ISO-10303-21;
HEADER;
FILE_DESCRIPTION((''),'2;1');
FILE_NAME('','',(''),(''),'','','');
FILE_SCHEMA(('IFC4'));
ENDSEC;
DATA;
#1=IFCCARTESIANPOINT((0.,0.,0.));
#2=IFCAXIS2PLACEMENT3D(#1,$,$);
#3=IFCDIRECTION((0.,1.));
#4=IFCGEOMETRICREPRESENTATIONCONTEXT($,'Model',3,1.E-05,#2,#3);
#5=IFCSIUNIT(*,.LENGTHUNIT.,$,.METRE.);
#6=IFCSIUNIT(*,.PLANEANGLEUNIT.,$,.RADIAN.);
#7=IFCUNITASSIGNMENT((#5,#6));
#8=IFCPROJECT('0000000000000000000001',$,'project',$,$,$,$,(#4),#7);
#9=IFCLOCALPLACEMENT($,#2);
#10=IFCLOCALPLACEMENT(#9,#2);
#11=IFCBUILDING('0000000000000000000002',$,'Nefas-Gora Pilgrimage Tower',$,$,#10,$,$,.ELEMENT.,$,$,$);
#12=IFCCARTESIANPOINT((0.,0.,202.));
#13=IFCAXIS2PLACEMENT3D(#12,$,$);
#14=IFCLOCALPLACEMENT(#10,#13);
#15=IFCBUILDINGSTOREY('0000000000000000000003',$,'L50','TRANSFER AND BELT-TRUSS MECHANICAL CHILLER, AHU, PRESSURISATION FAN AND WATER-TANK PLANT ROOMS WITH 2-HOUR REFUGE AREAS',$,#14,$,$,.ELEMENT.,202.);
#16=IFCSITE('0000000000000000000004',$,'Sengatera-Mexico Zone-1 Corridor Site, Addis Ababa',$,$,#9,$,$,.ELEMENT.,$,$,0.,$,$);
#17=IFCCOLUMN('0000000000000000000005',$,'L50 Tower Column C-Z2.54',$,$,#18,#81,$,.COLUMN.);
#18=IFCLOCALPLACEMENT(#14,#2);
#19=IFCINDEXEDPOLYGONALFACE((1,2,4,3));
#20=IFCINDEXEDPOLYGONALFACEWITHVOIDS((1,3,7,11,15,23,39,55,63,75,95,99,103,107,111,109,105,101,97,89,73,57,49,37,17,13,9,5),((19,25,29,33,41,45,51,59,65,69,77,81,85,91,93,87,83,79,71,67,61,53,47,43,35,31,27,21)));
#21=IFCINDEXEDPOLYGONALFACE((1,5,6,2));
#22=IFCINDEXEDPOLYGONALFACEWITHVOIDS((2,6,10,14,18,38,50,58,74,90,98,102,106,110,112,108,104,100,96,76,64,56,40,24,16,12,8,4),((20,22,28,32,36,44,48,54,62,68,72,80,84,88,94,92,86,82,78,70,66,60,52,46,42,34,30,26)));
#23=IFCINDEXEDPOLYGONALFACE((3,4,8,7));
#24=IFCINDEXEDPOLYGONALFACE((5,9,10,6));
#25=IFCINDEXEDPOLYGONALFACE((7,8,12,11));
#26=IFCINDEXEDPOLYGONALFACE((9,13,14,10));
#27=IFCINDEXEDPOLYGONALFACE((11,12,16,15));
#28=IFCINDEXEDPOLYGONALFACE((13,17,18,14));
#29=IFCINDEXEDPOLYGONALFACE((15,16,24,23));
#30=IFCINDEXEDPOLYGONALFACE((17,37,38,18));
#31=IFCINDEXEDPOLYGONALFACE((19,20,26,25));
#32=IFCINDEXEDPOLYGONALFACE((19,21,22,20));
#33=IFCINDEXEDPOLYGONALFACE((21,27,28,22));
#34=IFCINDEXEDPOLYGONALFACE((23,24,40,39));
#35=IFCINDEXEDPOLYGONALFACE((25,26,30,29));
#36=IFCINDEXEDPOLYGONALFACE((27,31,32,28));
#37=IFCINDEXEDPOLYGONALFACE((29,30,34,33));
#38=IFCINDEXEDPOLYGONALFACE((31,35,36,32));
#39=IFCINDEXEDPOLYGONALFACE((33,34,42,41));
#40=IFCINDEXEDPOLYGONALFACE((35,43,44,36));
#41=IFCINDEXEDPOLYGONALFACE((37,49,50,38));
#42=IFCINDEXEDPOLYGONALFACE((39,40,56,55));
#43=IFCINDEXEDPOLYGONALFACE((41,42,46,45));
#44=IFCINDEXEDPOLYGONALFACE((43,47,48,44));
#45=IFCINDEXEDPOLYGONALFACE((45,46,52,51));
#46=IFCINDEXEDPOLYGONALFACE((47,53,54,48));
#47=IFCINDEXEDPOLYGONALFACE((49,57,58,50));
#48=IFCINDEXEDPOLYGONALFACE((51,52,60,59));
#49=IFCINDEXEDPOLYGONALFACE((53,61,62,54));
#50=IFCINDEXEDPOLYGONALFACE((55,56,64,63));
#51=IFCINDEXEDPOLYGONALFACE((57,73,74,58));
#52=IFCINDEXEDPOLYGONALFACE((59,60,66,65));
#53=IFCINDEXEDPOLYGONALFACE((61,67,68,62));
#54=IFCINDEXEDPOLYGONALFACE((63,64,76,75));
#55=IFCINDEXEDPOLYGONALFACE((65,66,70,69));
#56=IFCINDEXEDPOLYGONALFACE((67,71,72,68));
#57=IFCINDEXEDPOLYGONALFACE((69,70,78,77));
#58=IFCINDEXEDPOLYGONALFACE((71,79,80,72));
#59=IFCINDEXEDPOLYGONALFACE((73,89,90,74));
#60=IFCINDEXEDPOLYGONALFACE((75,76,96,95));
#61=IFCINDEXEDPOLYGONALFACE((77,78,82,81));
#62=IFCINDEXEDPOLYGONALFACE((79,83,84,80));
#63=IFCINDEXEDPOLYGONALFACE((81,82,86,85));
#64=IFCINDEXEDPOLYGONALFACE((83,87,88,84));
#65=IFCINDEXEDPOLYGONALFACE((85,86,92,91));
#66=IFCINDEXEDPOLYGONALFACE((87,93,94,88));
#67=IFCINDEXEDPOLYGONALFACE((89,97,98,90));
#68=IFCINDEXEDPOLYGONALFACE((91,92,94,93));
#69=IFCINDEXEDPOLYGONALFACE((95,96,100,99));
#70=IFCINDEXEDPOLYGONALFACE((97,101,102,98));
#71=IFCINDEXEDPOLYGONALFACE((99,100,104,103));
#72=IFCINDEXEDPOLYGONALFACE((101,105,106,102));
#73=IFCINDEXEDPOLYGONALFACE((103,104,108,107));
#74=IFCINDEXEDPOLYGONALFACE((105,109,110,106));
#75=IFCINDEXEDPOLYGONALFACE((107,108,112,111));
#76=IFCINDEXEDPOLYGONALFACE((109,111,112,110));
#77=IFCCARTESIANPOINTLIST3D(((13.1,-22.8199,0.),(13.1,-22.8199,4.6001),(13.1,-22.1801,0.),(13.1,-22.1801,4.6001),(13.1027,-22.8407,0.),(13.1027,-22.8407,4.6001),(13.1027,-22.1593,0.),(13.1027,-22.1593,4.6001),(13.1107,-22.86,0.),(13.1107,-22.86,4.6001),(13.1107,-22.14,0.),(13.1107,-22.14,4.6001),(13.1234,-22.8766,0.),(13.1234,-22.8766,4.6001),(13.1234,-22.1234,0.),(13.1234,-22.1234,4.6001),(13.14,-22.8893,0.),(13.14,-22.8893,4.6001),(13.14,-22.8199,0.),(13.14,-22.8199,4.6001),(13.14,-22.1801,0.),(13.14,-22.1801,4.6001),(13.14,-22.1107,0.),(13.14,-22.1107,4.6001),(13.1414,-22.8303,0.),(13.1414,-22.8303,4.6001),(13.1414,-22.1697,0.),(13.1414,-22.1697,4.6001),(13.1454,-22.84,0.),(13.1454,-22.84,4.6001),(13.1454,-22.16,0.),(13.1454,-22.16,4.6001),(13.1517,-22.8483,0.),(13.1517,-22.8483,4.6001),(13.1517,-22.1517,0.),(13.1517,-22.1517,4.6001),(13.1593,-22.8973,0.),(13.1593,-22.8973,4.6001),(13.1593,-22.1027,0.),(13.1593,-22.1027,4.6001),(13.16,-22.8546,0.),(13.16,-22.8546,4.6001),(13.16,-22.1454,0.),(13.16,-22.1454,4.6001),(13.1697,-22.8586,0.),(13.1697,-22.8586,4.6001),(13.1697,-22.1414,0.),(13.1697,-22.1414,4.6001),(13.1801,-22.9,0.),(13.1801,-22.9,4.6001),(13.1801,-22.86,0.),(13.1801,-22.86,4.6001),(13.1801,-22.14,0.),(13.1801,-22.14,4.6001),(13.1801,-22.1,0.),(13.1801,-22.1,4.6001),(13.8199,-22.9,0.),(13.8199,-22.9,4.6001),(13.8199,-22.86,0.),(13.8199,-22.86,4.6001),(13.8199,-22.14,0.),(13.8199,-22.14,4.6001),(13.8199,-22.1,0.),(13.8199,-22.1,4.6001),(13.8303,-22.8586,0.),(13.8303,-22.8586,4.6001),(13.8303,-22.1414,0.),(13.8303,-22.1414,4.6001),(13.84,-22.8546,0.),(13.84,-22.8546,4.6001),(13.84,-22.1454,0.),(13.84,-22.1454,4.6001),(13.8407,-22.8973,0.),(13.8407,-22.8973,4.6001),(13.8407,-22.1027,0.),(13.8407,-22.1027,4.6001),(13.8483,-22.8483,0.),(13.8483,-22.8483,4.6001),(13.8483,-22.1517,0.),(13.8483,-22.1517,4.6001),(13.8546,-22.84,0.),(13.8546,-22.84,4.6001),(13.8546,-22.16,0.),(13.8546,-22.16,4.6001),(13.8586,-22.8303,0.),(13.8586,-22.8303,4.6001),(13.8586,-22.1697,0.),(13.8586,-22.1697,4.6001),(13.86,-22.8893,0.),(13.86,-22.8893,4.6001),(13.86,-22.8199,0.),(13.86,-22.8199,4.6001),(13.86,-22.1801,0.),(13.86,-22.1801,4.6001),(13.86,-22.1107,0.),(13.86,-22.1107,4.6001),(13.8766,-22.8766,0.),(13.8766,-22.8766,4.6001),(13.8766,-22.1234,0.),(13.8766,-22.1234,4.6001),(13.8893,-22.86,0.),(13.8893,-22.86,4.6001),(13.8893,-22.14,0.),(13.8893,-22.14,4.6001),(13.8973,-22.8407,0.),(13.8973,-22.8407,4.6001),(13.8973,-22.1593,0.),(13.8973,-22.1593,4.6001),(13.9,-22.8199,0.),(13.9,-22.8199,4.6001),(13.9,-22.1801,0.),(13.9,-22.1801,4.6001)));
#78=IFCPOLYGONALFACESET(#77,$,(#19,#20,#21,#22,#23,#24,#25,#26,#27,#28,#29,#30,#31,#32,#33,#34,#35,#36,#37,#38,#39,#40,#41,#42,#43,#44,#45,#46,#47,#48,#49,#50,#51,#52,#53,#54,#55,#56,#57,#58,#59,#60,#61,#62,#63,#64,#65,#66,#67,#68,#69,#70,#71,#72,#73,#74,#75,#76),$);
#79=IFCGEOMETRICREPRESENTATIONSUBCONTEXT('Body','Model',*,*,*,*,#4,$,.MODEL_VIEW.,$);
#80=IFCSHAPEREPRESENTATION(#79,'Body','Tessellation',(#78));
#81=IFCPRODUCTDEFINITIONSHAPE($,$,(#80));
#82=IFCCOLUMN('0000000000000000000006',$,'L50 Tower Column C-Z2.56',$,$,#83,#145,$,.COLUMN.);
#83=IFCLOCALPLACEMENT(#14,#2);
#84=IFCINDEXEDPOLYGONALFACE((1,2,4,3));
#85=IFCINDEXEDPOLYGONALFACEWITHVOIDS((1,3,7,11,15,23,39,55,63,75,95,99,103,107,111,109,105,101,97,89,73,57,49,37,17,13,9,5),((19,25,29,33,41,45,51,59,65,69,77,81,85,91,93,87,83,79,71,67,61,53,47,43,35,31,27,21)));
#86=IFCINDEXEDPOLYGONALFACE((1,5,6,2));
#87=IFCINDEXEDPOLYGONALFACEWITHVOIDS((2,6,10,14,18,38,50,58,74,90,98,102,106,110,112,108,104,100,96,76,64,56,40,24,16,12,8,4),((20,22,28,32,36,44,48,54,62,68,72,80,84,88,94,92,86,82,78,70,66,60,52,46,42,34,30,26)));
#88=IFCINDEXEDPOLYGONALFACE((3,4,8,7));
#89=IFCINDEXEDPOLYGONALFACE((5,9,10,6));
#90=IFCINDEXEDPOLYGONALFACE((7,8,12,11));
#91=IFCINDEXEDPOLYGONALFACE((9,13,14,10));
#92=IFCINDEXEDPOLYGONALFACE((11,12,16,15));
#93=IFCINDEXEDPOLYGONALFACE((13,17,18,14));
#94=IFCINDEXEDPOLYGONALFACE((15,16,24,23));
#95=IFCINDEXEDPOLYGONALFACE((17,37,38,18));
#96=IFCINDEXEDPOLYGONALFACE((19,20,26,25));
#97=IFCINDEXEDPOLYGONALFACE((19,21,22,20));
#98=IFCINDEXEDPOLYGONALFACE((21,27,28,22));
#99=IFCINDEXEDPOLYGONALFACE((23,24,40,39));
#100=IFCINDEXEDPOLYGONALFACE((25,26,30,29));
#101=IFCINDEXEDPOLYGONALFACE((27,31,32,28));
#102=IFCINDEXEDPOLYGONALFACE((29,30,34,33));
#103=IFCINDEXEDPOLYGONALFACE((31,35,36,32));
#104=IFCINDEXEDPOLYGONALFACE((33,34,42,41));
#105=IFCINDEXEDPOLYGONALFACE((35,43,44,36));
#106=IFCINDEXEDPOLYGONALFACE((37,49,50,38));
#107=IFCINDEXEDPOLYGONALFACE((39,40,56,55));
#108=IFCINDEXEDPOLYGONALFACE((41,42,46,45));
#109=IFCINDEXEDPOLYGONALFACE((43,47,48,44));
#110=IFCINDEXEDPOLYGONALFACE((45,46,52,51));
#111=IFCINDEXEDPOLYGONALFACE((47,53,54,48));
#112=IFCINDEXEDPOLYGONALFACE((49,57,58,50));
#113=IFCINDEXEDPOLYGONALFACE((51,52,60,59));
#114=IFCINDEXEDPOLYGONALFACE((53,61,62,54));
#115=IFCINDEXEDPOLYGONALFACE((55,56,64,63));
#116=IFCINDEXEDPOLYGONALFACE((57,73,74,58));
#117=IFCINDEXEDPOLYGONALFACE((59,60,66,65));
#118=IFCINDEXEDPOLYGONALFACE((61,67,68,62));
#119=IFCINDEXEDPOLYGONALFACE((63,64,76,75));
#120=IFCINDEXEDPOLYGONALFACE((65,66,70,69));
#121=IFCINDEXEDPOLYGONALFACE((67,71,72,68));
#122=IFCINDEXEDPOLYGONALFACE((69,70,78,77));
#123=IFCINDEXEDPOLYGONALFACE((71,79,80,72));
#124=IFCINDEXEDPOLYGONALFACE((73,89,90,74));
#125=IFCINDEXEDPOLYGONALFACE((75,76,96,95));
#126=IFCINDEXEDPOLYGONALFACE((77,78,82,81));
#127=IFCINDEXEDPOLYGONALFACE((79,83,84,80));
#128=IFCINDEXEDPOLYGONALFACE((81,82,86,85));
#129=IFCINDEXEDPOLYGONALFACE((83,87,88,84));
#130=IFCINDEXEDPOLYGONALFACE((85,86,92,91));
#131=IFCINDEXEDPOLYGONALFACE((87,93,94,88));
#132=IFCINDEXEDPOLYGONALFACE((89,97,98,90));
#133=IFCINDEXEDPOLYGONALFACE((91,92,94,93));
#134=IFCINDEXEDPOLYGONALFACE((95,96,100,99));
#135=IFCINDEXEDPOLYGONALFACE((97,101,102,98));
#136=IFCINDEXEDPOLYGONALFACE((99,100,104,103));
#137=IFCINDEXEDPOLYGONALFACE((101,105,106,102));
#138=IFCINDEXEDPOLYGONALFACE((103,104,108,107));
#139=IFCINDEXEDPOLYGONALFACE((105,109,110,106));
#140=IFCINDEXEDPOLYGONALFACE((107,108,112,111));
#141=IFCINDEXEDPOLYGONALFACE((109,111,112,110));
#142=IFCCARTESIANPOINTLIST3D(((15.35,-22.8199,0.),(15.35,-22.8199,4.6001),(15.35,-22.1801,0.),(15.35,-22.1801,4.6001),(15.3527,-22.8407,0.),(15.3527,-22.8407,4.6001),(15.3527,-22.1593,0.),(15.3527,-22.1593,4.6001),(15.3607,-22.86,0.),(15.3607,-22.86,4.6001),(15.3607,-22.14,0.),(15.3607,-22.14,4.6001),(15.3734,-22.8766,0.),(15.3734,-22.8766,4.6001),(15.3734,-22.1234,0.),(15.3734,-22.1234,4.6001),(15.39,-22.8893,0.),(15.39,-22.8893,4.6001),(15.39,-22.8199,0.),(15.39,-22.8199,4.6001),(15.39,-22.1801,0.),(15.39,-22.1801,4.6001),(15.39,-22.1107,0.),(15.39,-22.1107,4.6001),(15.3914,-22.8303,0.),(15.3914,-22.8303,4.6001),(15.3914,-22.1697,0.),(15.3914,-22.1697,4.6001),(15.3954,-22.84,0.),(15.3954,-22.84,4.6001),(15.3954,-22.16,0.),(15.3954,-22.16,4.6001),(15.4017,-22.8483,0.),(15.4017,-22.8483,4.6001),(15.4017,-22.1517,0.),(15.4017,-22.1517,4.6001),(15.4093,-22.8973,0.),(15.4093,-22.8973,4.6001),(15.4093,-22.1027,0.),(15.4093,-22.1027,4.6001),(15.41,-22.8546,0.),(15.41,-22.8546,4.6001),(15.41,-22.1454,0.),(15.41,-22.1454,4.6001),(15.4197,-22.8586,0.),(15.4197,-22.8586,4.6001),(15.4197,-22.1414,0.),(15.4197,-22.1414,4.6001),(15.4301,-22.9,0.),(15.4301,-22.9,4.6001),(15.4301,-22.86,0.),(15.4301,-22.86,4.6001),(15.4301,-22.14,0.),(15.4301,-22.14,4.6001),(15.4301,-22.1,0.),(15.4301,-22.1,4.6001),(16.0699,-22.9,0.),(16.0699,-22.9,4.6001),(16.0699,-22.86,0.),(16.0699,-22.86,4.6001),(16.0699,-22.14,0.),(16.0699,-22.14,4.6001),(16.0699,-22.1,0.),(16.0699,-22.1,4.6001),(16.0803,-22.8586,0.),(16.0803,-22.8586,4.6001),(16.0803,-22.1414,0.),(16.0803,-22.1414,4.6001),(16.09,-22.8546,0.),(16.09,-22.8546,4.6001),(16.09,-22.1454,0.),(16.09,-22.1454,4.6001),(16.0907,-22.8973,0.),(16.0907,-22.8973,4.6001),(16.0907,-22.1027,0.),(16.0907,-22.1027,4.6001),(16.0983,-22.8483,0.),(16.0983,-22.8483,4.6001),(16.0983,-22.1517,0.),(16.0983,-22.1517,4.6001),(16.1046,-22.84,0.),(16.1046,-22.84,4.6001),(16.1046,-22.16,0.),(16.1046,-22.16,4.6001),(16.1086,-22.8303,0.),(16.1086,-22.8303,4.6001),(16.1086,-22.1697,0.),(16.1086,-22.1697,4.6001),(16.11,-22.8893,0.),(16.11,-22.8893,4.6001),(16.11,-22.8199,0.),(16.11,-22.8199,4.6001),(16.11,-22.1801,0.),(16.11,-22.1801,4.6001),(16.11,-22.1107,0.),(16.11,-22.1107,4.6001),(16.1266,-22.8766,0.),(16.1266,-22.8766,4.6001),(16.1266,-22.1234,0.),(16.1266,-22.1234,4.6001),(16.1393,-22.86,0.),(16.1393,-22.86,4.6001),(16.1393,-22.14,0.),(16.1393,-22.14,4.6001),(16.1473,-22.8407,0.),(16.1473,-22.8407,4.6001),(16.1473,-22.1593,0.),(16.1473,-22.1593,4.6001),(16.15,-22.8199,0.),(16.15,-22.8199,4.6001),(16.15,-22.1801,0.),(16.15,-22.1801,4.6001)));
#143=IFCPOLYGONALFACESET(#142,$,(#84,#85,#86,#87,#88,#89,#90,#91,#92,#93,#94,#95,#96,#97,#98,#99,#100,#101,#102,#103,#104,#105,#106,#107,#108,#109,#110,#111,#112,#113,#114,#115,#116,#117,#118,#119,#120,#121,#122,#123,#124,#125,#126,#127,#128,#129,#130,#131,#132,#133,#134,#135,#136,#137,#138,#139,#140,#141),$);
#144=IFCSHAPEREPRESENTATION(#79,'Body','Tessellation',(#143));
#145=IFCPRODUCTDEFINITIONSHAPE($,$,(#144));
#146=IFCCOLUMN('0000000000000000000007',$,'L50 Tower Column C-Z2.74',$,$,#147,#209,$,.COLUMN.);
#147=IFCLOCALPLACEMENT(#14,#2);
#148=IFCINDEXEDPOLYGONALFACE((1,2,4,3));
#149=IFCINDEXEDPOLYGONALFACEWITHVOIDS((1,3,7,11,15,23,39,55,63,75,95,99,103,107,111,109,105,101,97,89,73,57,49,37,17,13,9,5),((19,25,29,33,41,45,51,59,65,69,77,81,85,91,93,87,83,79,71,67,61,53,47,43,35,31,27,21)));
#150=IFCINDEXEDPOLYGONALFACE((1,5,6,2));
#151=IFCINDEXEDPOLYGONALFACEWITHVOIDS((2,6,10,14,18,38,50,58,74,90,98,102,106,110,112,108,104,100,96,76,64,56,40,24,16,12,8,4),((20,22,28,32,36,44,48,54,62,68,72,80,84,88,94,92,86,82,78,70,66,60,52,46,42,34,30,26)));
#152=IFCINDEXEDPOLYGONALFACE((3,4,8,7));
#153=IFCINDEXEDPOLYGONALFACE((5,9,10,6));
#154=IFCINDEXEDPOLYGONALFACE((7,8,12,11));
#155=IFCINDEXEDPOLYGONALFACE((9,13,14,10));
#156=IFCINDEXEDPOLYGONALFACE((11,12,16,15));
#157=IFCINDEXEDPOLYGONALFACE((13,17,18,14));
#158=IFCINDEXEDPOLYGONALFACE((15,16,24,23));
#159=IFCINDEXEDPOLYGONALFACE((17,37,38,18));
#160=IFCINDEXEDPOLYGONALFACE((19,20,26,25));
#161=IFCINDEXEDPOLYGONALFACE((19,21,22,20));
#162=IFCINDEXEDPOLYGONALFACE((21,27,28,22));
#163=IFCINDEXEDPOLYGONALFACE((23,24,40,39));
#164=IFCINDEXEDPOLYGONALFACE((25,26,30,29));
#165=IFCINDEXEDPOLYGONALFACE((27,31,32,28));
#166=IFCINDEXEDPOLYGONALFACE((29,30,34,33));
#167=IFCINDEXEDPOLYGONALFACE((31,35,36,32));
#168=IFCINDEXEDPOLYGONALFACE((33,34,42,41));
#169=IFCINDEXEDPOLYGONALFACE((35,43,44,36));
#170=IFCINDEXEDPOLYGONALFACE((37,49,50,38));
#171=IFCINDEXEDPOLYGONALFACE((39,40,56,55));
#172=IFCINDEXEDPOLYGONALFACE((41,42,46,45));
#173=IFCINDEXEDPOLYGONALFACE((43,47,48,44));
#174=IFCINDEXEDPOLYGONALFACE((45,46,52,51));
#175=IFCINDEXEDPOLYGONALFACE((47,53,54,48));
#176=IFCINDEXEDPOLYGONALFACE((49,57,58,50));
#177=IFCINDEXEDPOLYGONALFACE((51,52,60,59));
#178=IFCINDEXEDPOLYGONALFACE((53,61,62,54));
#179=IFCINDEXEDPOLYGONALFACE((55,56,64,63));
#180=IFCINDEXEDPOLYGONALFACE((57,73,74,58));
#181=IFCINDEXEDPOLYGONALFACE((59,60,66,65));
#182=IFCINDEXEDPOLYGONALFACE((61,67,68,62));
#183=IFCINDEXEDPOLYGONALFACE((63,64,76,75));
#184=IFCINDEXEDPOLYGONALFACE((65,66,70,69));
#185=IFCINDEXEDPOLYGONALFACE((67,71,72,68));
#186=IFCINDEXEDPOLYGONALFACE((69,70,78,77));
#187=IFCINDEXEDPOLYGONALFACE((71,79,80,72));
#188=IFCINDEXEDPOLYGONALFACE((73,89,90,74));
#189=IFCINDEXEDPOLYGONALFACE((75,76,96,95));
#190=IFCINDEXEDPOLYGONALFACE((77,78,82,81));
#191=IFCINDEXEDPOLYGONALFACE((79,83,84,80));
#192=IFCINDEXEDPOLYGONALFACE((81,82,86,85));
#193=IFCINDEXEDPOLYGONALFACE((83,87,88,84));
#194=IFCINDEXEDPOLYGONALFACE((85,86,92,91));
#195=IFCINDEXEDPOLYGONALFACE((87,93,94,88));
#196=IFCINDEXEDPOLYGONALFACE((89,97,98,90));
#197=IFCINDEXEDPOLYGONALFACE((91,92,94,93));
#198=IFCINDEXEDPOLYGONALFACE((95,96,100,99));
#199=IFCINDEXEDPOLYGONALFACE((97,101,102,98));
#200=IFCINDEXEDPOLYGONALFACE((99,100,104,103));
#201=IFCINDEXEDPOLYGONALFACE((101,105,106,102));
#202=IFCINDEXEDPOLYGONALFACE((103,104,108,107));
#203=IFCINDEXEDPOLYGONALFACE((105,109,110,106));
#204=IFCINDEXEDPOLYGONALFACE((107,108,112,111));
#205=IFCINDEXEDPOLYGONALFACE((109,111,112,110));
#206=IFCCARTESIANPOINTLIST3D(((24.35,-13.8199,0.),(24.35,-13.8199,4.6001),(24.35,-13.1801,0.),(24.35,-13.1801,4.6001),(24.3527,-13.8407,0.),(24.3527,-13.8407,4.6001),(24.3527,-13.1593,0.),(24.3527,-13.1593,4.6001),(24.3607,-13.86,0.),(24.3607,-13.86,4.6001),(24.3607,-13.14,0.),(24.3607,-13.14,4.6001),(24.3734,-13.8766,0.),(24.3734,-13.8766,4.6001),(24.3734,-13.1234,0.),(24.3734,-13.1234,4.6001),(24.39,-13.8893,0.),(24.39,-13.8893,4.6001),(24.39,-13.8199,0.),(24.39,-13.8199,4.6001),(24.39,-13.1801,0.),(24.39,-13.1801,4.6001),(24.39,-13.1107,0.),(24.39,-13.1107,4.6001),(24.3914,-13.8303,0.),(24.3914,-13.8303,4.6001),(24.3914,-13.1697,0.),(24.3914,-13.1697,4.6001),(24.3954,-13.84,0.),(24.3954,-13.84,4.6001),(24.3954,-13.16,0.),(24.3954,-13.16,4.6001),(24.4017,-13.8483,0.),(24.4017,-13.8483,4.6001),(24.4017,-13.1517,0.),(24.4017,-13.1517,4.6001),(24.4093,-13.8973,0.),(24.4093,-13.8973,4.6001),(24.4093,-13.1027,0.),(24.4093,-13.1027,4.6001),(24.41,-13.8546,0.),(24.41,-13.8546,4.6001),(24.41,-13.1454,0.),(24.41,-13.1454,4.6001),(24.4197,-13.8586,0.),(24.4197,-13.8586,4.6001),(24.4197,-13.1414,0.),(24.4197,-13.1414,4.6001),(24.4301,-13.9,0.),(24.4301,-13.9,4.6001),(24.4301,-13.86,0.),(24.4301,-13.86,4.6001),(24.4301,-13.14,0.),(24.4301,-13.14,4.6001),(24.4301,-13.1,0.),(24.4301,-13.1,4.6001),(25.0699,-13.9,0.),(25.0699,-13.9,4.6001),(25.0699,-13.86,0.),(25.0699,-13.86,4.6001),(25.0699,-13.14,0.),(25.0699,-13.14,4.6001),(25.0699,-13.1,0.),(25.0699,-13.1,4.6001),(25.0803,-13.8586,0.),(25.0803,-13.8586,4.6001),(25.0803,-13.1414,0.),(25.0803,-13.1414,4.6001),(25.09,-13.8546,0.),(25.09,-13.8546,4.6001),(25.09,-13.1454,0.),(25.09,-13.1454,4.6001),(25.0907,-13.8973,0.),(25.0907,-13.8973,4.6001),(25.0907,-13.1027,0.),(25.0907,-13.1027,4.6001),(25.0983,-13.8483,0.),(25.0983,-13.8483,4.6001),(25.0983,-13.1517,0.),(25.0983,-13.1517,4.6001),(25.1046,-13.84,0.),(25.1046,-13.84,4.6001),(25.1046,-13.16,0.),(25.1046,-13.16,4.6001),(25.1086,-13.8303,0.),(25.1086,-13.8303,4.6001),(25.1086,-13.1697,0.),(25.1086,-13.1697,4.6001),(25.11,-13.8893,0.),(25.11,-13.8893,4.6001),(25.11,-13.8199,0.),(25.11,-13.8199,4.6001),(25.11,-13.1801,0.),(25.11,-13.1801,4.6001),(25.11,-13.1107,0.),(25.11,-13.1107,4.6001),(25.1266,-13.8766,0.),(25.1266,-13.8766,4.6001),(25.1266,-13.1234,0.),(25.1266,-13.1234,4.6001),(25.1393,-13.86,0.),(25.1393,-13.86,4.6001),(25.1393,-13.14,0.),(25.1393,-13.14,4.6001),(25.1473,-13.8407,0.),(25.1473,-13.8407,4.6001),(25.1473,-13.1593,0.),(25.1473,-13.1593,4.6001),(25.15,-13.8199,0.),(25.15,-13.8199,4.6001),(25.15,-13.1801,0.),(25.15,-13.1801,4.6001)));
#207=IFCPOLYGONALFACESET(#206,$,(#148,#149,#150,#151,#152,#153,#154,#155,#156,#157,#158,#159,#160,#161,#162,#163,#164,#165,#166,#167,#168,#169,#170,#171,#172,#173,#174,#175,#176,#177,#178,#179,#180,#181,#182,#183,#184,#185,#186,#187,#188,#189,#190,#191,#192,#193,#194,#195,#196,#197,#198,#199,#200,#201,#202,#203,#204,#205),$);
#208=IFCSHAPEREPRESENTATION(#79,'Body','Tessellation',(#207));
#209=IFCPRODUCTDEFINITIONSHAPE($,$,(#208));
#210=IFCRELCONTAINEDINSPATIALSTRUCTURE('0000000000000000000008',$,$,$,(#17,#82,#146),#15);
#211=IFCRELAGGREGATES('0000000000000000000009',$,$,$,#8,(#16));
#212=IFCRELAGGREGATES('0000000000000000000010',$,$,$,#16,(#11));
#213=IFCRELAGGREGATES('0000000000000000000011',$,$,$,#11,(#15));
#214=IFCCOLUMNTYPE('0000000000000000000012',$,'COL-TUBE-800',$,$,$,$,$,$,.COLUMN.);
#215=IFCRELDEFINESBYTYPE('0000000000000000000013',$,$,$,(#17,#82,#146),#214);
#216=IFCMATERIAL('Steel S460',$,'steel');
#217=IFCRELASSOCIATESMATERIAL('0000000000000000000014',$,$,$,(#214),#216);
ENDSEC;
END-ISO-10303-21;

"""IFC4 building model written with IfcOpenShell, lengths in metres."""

from ifc_helpers import new_model, si_unit, direction, frame, origin, origin_2d, place, context, subcontext, project, spatial, hollow_rectangle, extrude, source, transform, mapped, material, material_profile, profile_set, type_object, element, save


model = new_model("IFC4")

# Units and contexts
model_context = context("Model", 3, precision=1e-05, world=origin(), true_north=direction((0.0, 1.0)))
body_context = subcontext(model_context, "Body", "Model", "MODEL_VIEW")
ifc_project = project(units=[si_unit("LENGTHUNIT", "METRE"), si_unit("PLANEANGLEUNIT", "RADIAN")], contexts=[model_context])

# Site, building, storey
site_placement = place(None, origin())
site = spatial("IfcSite", under=ifc_project, at=site_placement, Name="Sengatera-Mexico Zone-1 Corridor Site, Addis Ababa", CompositionType="ELEMENT", RefElevation=0.0)
building_placement = place(site_placement, origin())
building = spatial("IfcBuilding", under=site, at=building_placement, Name="Nefas-Gora Pilgrimage Tower", CompositionType="ELEMENT")
storey_placement = place(building_placement, frame((0.0, 0.0, 202.0)))
storey = spatial("IfcBuildingStorey", under=building, at=storey_placement, Name="L50", Description="TRANSFER AND BELT-TRUSS MECHANICAL CHILLER, AHU, PRESSURISATION FAN AND WATER-TANK PLANT ROOMS WITH 2-HOUR REFUGE AREAS", CompositionType="ELEMENT", Elevation=202.0)

# Columns
ifc_material_1 = material(Name="Steel S460", Category="steel")
ifc_material_profile_1 = material_profile(ifc_material_1, hollow_rectangle(XDim=0.8, YDim=0.8, WallThickness=0.04, InnerFilletRadius=0.04, OuterFilletRadius=0.0801, at=origin_2d()), Name="BOX 800x800x40")
ifc_profile_set_1 = profile_set([ifc_material_profile_1], Name="Steel S460")
column_type_1 = type_object("IfcColumnType", Name="COL-TUBE-800", PredefinedType="COLUMN", material=ifc_profile_set_1)
shared_shape_1 = source(origin(), body_context, "Body", "SweptSolid", [
    extrude(hollow_rectangle(XDim=0.8, YDim=0.8, WallThickness=0.04, InnerFilletRadius=0.04, OuterFilletRadius=0.0801, at=origin_2d()), origin(), (0.0, 0.0, 1.0), 4.6001),
])
for number, where, z_axis, x_axis, name in (
    (1, (13.5, -22.5, 0.0), (0.0, 0.0, 1.0), (1.0, 0.0, 0.0), "L50 Tower Column C-Z2.54"),
    (2, (15.75, -22.5, 0.0), (0.0, 0.0, 1.0), (1.0, 0.0, 0.0), "L50 Tower Column C-Z2.56"),
    (3, (24.75, -13.5, 0.0), (0.0, 0.0, 1.0), (1.0, 0.0, 0.0), "L50 Tower Column C-Z2.74"),
):
    element("IfcColumn", number, at=place(storey_placement, frame(where, z_axis=z_axis, x_axis=x_axis)), inside=storey, type_object=column_type_1, Name=name, PredefinedType="COLUMN", context=body_context, shape_type="MappedRepresentation", body=[
        mapped(shared_shape_1, transform((0.0, 0.0, 0.0), x_axis=(1.0, 0.0, 0.0), y_axis=(0.0, 1.0, 0.0), z_axis=(0.0, 0.0, 1.0), scale=1.0)),
    ])

save(model, "model.ifc")
